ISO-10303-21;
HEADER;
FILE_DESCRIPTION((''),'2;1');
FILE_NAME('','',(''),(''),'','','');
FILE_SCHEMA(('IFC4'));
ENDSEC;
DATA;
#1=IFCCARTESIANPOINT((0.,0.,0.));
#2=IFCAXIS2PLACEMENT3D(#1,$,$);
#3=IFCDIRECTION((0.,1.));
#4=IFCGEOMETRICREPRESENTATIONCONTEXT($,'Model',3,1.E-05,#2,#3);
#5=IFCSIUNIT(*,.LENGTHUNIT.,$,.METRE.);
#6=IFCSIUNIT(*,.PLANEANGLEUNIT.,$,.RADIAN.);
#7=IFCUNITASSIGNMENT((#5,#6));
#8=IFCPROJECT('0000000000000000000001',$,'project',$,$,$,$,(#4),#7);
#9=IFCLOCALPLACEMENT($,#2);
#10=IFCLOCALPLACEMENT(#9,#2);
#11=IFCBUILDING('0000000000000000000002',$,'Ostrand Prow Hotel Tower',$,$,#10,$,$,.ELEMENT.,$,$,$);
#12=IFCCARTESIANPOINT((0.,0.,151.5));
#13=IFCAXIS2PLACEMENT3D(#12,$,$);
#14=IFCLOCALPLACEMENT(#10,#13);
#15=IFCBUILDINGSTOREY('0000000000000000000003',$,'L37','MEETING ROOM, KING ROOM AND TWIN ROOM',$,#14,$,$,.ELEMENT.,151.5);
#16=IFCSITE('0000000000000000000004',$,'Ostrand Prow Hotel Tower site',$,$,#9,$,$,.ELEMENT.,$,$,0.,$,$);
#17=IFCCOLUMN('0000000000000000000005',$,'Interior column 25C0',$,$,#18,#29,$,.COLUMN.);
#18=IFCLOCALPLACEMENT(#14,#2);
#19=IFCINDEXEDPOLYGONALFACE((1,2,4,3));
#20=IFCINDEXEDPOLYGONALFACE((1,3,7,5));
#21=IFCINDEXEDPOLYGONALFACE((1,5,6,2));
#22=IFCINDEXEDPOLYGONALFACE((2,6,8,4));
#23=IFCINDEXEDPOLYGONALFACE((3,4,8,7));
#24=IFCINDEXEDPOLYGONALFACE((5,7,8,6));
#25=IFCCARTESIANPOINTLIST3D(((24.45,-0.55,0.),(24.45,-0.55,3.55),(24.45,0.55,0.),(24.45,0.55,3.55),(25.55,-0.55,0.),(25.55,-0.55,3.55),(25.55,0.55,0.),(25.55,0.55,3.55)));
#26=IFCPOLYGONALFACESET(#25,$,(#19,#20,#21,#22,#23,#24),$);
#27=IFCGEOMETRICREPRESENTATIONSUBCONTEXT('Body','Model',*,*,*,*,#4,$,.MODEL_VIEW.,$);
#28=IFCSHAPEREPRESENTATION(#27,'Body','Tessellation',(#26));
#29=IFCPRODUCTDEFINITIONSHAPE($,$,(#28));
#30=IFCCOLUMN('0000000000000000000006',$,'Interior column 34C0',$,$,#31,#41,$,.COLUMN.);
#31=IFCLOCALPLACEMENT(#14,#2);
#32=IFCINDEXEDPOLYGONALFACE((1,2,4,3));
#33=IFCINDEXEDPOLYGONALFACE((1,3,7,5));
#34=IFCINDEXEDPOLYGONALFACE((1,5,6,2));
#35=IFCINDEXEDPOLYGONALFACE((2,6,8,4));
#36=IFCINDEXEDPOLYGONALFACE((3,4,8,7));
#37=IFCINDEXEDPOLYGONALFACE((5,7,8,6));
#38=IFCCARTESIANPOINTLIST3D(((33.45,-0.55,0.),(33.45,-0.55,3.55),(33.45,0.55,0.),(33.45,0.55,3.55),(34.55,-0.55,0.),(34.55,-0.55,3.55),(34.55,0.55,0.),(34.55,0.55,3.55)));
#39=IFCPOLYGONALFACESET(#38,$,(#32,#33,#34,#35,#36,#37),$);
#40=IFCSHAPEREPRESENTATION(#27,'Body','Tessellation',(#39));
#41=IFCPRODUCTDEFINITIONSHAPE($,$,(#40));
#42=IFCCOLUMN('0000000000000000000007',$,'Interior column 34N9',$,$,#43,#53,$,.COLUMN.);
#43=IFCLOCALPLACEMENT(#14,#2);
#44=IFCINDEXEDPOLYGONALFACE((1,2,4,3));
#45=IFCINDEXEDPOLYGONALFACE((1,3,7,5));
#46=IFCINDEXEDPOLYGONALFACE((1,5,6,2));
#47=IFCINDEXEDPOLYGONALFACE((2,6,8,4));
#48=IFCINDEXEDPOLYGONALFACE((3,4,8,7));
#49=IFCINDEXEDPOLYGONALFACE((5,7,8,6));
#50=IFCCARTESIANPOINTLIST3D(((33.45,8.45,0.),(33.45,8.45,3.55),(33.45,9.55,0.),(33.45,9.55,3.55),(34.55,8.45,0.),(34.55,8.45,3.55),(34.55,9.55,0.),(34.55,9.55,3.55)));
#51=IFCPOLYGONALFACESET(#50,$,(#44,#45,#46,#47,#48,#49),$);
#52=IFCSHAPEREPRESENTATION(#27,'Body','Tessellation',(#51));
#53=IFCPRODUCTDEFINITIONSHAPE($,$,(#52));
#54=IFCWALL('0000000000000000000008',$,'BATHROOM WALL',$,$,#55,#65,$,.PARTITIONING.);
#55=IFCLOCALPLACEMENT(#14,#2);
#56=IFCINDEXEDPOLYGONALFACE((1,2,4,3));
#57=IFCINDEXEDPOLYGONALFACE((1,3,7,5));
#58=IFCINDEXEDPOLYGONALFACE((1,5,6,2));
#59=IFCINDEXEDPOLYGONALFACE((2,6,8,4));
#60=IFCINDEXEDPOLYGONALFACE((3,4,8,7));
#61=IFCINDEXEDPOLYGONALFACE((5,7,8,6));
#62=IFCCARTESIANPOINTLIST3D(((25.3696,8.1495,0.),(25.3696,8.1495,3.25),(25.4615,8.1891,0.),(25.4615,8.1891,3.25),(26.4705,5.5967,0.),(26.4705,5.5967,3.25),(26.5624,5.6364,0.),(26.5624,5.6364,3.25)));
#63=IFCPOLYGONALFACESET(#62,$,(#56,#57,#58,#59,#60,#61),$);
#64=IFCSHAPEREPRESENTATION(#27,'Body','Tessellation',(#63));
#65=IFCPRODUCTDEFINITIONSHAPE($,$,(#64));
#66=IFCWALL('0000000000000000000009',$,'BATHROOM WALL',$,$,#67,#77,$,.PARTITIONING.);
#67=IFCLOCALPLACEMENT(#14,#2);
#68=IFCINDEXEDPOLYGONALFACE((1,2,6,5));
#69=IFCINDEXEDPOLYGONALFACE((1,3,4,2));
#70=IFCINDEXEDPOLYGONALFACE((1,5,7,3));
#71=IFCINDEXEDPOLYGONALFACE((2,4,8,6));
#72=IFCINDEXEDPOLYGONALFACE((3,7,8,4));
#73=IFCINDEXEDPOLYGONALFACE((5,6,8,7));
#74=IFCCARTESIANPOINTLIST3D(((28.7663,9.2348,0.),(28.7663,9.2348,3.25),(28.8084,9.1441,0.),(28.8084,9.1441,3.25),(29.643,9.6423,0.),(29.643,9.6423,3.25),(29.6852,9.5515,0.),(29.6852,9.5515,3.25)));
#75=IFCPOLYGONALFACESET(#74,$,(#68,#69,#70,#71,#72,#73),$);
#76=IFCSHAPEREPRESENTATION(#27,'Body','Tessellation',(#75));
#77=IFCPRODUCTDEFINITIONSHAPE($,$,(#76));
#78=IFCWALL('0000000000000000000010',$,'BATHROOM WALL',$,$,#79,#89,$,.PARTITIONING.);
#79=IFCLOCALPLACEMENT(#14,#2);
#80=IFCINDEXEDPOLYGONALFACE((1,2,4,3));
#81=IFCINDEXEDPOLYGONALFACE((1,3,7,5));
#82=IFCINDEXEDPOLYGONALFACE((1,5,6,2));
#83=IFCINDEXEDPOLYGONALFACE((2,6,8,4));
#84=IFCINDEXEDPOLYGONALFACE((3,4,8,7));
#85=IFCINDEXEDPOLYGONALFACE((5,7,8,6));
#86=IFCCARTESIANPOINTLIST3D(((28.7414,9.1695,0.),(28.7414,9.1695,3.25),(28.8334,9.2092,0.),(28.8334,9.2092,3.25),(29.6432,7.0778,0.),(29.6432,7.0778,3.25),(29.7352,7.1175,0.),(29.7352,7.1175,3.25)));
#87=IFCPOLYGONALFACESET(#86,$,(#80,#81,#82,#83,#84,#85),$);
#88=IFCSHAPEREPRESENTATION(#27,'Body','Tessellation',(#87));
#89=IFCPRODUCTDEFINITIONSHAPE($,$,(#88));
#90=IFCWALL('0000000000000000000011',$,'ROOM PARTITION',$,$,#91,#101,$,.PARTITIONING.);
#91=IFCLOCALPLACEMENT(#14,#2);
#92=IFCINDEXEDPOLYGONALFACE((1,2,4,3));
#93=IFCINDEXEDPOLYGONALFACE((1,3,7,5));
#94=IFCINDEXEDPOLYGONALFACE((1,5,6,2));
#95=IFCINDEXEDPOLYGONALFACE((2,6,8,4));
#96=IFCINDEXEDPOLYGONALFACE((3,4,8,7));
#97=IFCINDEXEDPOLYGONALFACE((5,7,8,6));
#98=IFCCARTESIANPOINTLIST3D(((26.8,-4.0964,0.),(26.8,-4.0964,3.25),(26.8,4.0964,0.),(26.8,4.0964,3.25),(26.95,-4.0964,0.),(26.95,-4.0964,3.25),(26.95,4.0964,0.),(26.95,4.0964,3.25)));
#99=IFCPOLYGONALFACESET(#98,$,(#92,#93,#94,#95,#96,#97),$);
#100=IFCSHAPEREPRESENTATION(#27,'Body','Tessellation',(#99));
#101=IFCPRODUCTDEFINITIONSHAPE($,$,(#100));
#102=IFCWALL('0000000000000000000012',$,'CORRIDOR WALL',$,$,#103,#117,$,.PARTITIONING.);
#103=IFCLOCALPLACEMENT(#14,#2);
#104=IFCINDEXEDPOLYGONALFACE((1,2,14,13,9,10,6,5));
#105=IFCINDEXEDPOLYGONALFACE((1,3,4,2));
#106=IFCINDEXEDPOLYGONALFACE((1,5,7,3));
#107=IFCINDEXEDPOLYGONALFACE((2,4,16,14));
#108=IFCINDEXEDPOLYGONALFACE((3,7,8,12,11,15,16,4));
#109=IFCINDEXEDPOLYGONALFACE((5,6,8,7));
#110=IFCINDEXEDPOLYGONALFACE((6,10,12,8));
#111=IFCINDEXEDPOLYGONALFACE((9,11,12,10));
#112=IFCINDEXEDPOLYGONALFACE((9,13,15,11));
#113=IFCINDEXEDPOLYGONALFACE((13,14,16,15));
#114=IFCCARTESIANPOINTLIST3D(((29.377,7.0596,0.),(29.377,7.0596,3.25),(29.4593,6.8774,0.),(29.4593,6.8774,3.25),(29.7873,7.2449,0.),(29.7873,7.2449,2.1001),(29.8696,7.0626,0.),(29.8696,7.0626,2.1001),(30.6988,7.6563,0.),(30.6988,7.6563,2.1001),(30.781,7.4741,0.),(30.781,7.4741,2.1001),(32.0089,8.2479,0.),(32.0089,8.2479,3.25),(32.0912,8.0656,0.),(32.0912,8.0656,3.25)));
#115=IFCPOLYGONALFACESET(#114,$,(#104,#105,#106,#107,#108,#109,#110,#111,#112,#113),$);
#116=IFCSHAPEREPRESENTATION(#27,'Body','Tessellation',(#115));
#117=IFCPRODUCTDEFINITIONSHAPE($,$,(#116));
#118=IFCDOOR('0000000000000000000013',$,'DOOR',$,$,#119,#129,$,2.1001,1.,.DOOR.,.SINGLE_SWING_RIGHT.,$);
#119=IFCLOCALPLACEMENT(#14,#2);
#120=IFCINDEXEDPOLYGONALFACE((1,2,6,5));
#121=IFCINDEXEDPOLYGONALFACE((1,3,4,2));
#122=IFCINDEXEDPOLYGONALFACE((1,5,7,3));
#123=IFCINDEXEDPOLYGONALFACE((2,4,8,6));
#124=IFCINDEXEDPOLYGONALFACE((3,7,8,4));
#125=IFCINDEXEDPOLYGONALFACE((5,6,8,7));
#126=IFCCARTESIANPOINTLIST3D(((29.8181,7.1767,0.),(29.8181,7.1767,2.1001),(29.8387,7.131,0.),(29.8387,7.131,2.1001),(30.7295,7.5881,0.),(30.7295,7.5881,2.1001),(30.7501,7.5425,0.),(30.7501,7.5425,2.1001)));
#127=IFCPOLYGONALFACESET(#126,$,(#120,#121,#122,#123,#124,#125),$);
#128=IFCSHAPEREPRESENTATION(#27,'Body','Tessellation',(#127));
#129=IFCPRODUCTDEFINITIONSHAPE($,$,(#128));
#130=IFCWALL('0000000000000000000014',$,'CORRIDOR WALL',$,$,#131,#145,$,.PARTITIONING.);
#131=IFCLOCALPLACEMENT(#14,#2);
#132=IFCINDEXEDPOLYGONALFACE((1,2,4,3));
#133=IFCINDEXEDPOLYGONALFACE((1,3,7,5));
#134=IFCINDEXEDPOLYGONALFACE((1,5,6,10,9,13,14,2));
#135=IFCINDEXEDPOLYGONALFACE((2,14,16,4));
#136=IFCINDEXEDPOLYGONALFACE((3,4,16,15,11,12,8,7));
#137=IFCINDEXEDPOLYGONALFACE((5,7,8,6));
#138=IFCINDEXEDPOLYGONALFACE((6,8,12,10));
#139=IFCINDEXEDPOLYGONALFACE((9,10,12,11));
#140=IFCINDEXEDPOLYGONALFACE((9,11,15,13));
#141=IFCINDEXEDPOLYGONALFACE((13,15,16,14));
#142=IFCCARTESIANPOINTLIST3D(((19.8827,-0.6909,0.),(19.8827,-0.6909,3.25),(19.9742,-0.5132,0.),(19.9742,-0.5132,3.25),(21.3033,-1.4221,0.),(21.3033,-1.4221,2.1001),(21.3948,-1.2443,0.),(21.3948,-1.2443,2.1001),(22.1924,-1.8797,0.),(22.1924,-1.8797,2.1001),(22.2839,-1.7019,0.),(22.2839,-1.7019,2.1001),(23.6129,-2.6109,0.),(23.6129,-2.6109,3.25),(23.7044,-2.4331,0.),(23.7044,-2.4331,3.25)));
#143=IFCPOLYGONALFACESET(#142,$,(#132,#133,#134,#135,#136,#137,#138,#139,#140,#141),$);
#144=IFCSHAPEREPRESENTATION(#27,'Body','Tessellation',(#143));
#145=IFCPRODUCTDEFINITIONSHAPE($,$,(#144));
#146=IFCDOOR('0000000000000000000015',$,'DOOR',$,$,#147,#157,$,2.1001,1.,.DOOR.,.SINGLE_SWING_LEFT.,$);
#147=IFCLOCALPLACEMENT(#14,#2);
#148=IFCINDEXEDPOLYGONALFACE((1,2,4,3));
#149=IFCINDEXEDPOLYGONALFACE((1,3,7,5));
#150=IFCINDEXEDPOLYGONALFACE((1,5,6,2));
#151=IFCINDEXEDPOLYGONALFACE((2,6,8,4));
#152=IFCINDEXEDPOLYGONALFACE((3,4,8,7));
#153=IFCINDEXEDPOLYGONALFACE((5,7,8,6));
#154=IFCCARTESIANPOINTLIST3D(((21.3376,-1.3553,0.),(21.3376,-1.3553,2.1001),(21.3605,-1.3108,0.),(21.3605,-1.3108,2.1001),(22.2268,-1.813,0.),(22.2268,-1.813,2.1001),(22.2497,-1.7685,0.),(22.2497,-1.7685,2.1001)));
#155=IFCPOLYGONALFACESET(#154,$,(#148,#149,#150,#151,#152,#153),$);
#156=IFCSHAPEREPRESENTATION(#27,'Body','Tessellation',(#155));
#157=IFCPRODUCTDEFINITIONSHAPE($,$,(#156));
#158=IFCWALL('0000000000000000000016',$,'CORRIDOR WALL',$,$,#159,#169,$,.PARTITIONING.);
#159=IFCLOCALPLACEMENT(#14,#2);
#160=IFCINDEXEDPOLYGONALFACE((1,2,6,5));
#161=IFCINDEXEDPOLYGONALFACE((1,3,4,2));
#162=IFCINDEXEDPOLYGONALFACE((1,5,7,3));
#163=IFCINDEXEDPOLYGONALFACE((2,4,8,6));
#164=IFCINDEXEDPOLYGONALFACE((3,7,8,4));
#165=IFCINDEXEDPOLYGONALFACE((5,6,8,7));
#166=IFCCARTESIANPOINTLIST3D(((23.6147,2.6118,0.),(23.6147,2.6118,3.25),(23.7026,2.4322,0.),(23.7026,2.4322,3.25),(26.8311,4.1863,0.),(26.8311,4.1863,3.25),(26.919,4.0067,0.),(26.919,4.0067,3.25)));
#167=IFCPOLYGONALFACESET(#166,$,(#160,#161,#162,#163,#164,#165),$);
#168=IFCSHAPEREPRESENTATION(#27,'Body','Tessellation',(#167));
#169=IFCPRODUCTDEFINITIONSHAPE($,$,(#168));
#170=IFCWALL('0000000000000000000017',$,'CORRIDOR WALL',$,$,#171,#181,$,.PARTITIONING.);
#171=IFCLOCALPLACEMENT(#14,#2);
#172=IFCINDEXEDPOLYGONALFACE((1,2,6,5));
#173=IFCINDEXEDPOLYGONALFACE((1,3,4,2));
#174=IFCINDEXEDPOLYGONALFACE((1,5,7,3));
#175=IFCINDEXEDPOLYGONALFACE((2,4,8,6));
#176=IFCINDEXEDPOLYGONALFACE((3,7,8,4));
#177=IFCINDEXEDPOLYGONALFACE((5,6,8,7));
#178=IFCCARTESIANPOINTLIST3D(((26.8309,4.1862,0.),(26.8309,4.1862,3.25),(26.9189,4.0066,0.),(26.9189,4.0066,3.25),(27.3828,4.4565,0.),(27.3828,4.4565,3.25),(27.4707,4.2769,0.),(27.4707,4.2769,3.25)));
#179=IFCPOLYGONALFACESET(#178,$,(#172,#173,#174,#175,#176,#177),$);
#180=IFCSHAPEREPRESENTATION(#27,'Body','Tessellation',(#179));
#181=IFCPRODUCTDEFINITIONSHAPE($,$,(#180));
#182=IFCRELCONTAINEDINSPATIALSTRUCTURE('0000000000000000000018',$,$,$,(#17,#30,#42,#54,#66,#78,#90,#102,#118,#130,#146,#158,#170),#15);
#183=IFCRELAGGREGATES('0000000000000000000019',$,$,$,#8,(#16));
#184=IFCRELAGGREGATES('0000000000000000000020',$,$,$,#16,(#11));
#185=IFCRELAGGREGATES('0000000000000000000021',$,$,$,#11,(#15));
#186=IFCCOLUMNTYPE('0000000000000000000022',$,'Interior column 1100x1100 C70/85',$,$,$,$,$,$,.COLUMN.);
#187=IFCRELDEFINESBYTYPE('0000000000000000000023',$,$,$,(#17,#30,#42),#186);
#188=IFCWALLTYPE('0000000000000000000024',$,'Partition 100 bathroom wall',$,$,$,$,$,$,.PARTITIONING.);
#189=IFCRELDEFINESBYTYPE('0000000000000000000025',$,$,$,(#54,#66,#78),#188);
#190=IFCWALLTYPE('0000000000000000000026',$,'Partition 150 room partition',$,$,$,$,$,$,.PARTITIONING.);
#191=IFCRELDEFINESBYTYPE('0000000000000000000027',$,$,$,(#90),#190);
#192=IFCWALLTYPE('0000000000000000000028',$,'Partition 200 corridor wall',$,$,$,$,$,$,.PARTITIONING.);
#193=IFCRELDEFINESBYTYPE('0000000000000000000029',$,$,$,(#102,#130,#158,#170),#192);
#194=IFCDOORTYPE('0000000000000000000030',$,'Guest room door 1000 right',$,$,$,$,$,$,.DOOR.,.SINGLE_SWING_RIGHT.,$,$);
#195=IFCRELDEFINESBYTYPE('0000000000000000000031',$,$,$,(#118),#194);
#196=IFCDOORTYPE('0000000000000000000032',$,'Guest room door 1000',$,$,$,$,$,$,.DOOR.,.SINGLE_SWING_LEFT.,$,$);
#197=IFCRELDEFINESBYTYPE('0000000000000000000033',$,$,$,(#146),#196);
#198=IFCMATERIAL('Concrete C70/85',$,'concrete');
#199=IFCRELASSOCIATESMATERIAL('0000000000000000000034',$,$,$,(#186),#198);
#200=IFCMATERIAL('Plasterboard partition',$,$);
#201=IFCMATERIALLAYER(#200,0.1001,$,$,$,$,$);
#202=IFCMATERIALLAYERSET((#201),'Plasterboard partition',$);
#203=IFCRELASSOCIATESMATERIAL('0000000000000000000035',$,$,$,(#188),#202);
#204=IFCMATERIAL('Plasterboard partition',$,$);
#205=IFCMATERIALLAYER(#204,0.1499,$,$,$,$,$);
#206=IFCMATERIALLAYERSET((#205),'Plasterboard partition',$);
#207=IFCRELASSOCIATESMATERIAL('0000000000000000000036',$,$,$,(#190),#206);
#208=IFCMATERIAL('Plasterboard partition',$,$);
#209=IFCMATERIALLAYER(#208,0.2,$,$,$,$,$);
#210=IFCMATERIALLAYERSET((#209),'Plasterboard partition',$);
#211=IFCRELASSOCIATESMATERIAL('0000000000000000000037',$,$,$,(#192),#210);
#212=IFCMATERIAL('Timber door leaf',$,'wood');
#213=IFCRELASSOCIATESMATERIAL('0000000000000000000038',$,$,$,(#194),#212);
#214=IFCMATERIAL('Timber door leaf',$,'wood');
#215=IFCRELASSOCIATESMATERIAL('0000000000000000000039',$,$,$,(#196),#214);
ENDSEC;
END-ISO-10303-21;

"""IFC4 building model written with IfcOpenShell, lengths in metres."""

from ifc_helpers import new_model, si_unit, direction, frame, frame_2d, origin, origin_2d, place, context, subcontext, project, spatial, rectangle, extrude, material, layer, layer_set, material_profile, profile_set, type_object, element, fill, save


model = new_model("IFC4")

# Units and contexts
model_context = context("Model", 3, precision=1e-05, world=origin(), true_north=direction((0.0, 1.0)))
body_context = subcontext(model_context, "Body", "Model", "MODEL_VIEW")
ifc_project = project(units=[si_unit("LENGTHUNIT", "METRE"), si_unit("PLANEANGLEUNIT", "RADIAN")], contexts=[model_context])

# Site, building, storey
site_placement = place(None, origin())
site = spatial("IfcSite", under=ifc_project, at=site_placement, Name="Ostrand Prow Hotel Tower site", CompositionType="ELEMENT", RefElevation=0.0)
building_placement = place(site_placement, origin())
building = spatial("IfcBuilding", under=site, at=building_placement, Name="Ostrand Prow Hotel Tower", CompositionType="ELEMENT")
storey_placement = place(building_placement, frame((0.0, 0.0, 151.5)))
storey = spatial("IfcBuildingStorey", under=building, at=storey_placement, Name="L37", Description="MEETING ROOM, KING ROOM AND TWIN ROOM", CompositionType="ELEMENT", Elevation=151.5)

# Columns
ifc_material_1 = material(Name="Concrete C70/85", Category="concrete")
ifc_material_profile = material_profile(ifc_material_1, rectangle(XDim=1.1001, YDim=1.1001, at=origin_2d()), Name="RC 1100x1100")
ifc_profile_set = profile_set([ifc_material_profile], Name="Concrete C70/85")
column_type = type_object("IfcColumnType", Name="Interior column 1100x1100 C70/85", PredefinedType="COLUMN", material=ifc_profile_set)
for number, where, z_axis, x_axis, name in (
    (1, (25.0, 0.0, 0.0), (0.0, 0.0, 1.0), (1.0, 0.0, 0.0), "Interior column 25C0"),
    (2, (34.0, 0.0, 0.0), (0.0, 0.0, 1.0), (1.0, 0.0, 0.0), "Interior column 34C0"),
    (3, (34.0, 9.0, 0.0), (0.0, 0.0, 1.0), (1.0, 0.0, 0.0), "Interior column 34N9"),
):
    element("IfcColumn", number, at=place(storey_placement, frame(where, z_axis=z_axis, x_axis=x_axis)), inside=storey, type_object=column_type, Name=name, PredefinedType="COLUMN", context=body_context, shape_type="SweptSolid", body=[
        extrude(rectangle(XDim=1.1001, YDim=1.1001, at=origin_2d()), origin(), (0.0, 0.0, 1.0), 3.55),
    ])

# Walls
ifc_material_2 = material(Name="Plasterboard partition")
ifc_layer_1 = layer(ifc_material_2, 0.1001)
ifc_layer_set_1 = layer_set([ifc_layer_1], Name="Plasterboard partition")
wall_type_1 = type_object("IfcWallType", Name="Partition 100 bathroom wall", PredefinedType="PARTITIONING", material=ifc_layer_set_1)
wall_1_placement = place(storey_placement, frame((25.4155, 8.1694, 0.0), z_axis=(0.0, 0.0, 1.0), x_axis=(0.395985, -0.918257, 0.0)))
element("IfcWall", 4, at=wall_1_placement, inside=storey, type_object=wall_type_1, Name="BATHROOM WALL", PredefinedType="PARTITIONING", context=body_context, shape_type="SweptSolid", body=[
    extrude(rectangle(XDim=2.78, YDim=0.1001, at=frame_2d((1.3901, 0.0))), origin(), (0.0, 0.0, 1.0), 3.25),
])
wall_2_placement = place(storey_placement, frame((28.7874, 9.1895, 0.0), z_axis=(0.0, 0.0, 1.0), x_axis=(0.90684, 0.421475, 0.0)))
element("IfcWall", 5, at=wall_2_placement, inside=storey, type_object=wall_type_1, Name="BATHROOM WALL", PredefinedType="PARTITIONING", context=body_context, shape_type="SweptSolid", body=[
    extrude(rectangle(XDim=0.9668, YDim=0.1001, at=frame_2d((0.4834, 0.0))), origin(), (0.0, 0.0, 1.0), 3.25),
])
wall_3_placement = place(storey_placement, frame((29.6892, 7.0977, 0.0), z_axis=(0.0, 0.0, 1.0), x_axis=(-0.39591, 0.918289, 0.0)))
element("IfcWall", 6, at=wall_3_placement, inside=storey, type_object=wall_type_1, Name="BATHROOM WALL", PredefinedType="PARTITIONING", context=body_context, shape_type="SweptSolid", body=[
    extrude(rectangle(XDim=2.2778, YDim=0.1001, at=frame_2d((1.1389, 0.0))), origin(), (0.0, 0.0, 1.0), 3.25),
])
ifc_material_3 = material(Name="Plasterboard partition")
ifc_layer_2 = layer(ifc_material_3, 0.1499)
ifc_layer_set_2 = layer_set([ifc_layer_2], Name="Plasterboard partition")
wall_type_2 = type_object("IfcWallType", Name="Partition 150 room partition", PredefinedType="PARTITIONING", material=ifc_layer_set_2)
wall_4_placement = place(storey_placement, frame((26.875, -4.0964, 0.0), z_axis=(0.0, 0.0, 1.0), x_axis=(0.0, 1.0, 0.0)))
element("IfcWall", 7, at=wall_4_placement, inside=storey, type_object=wall_type_2, Name="ROOM PARTITION", PredefinedType="PARTITIONING", context=body_context, shape_type="SweptSolid", body=[
    extrude(rectangle(XDim=8.1929, YDim=0.1499, at=frame_2d((4.0964, 0.0))), origin(), (0.0, 0.0, 1.0), 3.25),
])

# Walls, openings, doors
ifc_material_4 = material(Name="Plasterboard partition")
ifc_layer_3 = layer(ifc_material_4, 0.2)
ifc_layer_set_3 = layer_set([ifc_layer_3], Name="Plasterboard partition")
wall_type_3 = type_object("IfcWallType", Name="Partition 200 corridor wall", PredefinedType="PARTITIONING", material=ifc_layer_set_3)
wall_5_placement = place(storey_placement, frame((32.05, 8.1567, 0.0), z_axis=(0.0, 0.0, 1.0), x_axis=(-0.911415, -0.411489, 0.0)))
wall_5 = element("IfcWall", 8, at=wall_5_placement, inside=storey, type_object=wall_type_3, Name="CORRIDOR WALL", PredefinedType="PARTITIONING", context=body_context, shape_type="SweptSolid", body=[
    extrude(rectangle(XDim=2.8877, YDim=0.2, at=frame_2d((1.4438, 0.0))), origin(), (0.0, 0.0, 1.0), 3.25),
])
opening_1_placement = place(wall_5_placement, frame((1.4375, 0.0, 0.0)))
opening_1 = element("IfcOpeningElement", 9, at=opening_1_placement, cuts=wall_5, PredefinedType="OPENING", context=body_context, shape_type="SweptSolid", body=[
    extrude(rectangle(XDim=1.0, YDim=2.1001, at=frame_2d((0.5, 1.05))), frame((0.0, 0.1099, 0.0), z_axis=(0.0, -1.0, 0.0), x_axis=(1.0, 0.0, 0.0)), (0.0, 0.0, 1.0), 0.22),
])
ifc_material_5 = material(Name="Timber door leaf", Category="wood")
door_type_1 = type_object("IfcDoorType", Name="Guest room door 1000 right", OperationType="SINGLE_SWING_RIGHT", PredefinedType="DOOR", material=ifc_material_5)
door_1_placement = place(opening_1_placement, origin())
door_1 = element("IfcDoor", 10, at=door_1_placement, inside=storey, type_object=door_type_1, Name="DOOR", OperationType="SINGLE_SWING_RIGHT", OverallHeight=2.1001, OverallWidth=1.0, PredefinedType="DOOR", context=body_context, shape_type="SweptSolid", body=[
    extrude(rectangle(XDim=1.0, YDim=2.1001, at=frame_2d((0.5, 1.05))), frame((0.0, 0.0249, 0.0), z_axis=(0.0, -1.0, 0.0), x_axis=(1.0, 0.0, 0.0)), (0.0, 0.0, 1.0), 0.05),
])
fill(opening_1, door_1)
wall_6_placement = place(storey_placement, frame((23.6587, -2.522, 0.0), z_axis=(0.0, 0.0, 1.0), x_axis=(-0.88914, 0.457635, 0.0)))
wall_6 = element("IfcWall", 11, at=wall_6_placement, inside=storey, type_object=wall_type_3, Name="CORRIDOR WALL", PredefinedType="PARTITIONING", context=body_context, shape_type="SweptSolid", body=[
    extrude(rectangle(XDim=4.1953, YDim=0.2, at=frame_2d((2.0977, 0.0))), origin(), (0.0, 0.0, 1.0), 3.25),
])
opening_2_placement = place(wall_6_placement, frame((1.5977, 0.0, 0.0)))
opening_2 = element("IfcOpeningElement", 12, at=opening_2_placement, cuts=wall_6, PredefinedType="OPENING", context=body_context, shape_type="SweptSolid", body=[
    extrude(rectangle(XDim=1.0, YDim=2.1001, at=frame_2d((0.5, 1.05))), frame((0.0, 0.1099, 0.0), z_axis=(0.0, -1.0, 0.0), x_axis=(1.0, 0.0, 0.0)), (0.0, 0.0, 1.0), 0.22),
])
ifc_material_6 = material(Name="Timber door leaf", Category="wood")
door_type_2 = type_object("IfcDoorType", Name="Guest room door 1000", OperationType="SINGLE_SWING_LEFT", PredefinedType="DOOR", material=ifc_material_6)
door_2_placement = place(opening_2_placement, origin())
door_2 = element("IfcDoor", 13, at=door_2_placement, inside=storey, type_object=door_type_2, Name="DOOR", OperationType="SINGLE_SWING_LEFT", OverallHeight=2.1001, OverallWidth=1.0, PredefinedType="DOOR", context=body_context, shape_type="SweptSolid", body=[
    extrude(rectangle(XDim=1.0, YDim=2.1001, at=frame_2d((0.5, 1.05))), frame((0.0, 0.0249, 0.0), z_axis=(0.0, -1.0, 0.0), x_axis=(1.0, 0.0, 0.0)), (0.0, 0.0, 1.0), 0.05),
])
fill(opening_2, door_2)

# Walls
wall_7_placement = place(storey_placement, frame((23.6587, 2.522, 0.0), z_axis=(0.0, 0.0, 1.0), x_axis=(0.898159, 0.439671, 0.0)))
element("IfcWall", 14, at=wall_7_placement, inside=storey, type_object=wall_type_3, Name="CORRIDOR WALL", PredefinedType="PARTITIONING", context=body_context, shape_type="SweptSolid", body=[
    extrude(rectangle(XDim=3.5811, YDim=0.2, at=frame_2d((1.7905, 0.0))), origin(), (0.0, 0.0, 1.0), 3.25),
])
wall_8_placement = place(storey_placement, frame((26.875, 4.0964, 0.0), z_axis=(0.0, 0.0, 1.0), x_axis=(0.898053, 0.439887, 0.0)))
element("IfcWall", 15, at=wall_8_placement, inside=storey, type_object=wall_type_3, Name="CORRIDOR WALL", PredefinedType="PARTITIONING", context=body_context, shape_type="SweptSolid", body=[
    extrude(rectangle(XDim=0.6145, YDim=0.2, at=frame_2d((0.3071, 0.0))), origin(), (0.0, 0.0, 1.0), 3.25),
])

save(model, "model.ifc")
